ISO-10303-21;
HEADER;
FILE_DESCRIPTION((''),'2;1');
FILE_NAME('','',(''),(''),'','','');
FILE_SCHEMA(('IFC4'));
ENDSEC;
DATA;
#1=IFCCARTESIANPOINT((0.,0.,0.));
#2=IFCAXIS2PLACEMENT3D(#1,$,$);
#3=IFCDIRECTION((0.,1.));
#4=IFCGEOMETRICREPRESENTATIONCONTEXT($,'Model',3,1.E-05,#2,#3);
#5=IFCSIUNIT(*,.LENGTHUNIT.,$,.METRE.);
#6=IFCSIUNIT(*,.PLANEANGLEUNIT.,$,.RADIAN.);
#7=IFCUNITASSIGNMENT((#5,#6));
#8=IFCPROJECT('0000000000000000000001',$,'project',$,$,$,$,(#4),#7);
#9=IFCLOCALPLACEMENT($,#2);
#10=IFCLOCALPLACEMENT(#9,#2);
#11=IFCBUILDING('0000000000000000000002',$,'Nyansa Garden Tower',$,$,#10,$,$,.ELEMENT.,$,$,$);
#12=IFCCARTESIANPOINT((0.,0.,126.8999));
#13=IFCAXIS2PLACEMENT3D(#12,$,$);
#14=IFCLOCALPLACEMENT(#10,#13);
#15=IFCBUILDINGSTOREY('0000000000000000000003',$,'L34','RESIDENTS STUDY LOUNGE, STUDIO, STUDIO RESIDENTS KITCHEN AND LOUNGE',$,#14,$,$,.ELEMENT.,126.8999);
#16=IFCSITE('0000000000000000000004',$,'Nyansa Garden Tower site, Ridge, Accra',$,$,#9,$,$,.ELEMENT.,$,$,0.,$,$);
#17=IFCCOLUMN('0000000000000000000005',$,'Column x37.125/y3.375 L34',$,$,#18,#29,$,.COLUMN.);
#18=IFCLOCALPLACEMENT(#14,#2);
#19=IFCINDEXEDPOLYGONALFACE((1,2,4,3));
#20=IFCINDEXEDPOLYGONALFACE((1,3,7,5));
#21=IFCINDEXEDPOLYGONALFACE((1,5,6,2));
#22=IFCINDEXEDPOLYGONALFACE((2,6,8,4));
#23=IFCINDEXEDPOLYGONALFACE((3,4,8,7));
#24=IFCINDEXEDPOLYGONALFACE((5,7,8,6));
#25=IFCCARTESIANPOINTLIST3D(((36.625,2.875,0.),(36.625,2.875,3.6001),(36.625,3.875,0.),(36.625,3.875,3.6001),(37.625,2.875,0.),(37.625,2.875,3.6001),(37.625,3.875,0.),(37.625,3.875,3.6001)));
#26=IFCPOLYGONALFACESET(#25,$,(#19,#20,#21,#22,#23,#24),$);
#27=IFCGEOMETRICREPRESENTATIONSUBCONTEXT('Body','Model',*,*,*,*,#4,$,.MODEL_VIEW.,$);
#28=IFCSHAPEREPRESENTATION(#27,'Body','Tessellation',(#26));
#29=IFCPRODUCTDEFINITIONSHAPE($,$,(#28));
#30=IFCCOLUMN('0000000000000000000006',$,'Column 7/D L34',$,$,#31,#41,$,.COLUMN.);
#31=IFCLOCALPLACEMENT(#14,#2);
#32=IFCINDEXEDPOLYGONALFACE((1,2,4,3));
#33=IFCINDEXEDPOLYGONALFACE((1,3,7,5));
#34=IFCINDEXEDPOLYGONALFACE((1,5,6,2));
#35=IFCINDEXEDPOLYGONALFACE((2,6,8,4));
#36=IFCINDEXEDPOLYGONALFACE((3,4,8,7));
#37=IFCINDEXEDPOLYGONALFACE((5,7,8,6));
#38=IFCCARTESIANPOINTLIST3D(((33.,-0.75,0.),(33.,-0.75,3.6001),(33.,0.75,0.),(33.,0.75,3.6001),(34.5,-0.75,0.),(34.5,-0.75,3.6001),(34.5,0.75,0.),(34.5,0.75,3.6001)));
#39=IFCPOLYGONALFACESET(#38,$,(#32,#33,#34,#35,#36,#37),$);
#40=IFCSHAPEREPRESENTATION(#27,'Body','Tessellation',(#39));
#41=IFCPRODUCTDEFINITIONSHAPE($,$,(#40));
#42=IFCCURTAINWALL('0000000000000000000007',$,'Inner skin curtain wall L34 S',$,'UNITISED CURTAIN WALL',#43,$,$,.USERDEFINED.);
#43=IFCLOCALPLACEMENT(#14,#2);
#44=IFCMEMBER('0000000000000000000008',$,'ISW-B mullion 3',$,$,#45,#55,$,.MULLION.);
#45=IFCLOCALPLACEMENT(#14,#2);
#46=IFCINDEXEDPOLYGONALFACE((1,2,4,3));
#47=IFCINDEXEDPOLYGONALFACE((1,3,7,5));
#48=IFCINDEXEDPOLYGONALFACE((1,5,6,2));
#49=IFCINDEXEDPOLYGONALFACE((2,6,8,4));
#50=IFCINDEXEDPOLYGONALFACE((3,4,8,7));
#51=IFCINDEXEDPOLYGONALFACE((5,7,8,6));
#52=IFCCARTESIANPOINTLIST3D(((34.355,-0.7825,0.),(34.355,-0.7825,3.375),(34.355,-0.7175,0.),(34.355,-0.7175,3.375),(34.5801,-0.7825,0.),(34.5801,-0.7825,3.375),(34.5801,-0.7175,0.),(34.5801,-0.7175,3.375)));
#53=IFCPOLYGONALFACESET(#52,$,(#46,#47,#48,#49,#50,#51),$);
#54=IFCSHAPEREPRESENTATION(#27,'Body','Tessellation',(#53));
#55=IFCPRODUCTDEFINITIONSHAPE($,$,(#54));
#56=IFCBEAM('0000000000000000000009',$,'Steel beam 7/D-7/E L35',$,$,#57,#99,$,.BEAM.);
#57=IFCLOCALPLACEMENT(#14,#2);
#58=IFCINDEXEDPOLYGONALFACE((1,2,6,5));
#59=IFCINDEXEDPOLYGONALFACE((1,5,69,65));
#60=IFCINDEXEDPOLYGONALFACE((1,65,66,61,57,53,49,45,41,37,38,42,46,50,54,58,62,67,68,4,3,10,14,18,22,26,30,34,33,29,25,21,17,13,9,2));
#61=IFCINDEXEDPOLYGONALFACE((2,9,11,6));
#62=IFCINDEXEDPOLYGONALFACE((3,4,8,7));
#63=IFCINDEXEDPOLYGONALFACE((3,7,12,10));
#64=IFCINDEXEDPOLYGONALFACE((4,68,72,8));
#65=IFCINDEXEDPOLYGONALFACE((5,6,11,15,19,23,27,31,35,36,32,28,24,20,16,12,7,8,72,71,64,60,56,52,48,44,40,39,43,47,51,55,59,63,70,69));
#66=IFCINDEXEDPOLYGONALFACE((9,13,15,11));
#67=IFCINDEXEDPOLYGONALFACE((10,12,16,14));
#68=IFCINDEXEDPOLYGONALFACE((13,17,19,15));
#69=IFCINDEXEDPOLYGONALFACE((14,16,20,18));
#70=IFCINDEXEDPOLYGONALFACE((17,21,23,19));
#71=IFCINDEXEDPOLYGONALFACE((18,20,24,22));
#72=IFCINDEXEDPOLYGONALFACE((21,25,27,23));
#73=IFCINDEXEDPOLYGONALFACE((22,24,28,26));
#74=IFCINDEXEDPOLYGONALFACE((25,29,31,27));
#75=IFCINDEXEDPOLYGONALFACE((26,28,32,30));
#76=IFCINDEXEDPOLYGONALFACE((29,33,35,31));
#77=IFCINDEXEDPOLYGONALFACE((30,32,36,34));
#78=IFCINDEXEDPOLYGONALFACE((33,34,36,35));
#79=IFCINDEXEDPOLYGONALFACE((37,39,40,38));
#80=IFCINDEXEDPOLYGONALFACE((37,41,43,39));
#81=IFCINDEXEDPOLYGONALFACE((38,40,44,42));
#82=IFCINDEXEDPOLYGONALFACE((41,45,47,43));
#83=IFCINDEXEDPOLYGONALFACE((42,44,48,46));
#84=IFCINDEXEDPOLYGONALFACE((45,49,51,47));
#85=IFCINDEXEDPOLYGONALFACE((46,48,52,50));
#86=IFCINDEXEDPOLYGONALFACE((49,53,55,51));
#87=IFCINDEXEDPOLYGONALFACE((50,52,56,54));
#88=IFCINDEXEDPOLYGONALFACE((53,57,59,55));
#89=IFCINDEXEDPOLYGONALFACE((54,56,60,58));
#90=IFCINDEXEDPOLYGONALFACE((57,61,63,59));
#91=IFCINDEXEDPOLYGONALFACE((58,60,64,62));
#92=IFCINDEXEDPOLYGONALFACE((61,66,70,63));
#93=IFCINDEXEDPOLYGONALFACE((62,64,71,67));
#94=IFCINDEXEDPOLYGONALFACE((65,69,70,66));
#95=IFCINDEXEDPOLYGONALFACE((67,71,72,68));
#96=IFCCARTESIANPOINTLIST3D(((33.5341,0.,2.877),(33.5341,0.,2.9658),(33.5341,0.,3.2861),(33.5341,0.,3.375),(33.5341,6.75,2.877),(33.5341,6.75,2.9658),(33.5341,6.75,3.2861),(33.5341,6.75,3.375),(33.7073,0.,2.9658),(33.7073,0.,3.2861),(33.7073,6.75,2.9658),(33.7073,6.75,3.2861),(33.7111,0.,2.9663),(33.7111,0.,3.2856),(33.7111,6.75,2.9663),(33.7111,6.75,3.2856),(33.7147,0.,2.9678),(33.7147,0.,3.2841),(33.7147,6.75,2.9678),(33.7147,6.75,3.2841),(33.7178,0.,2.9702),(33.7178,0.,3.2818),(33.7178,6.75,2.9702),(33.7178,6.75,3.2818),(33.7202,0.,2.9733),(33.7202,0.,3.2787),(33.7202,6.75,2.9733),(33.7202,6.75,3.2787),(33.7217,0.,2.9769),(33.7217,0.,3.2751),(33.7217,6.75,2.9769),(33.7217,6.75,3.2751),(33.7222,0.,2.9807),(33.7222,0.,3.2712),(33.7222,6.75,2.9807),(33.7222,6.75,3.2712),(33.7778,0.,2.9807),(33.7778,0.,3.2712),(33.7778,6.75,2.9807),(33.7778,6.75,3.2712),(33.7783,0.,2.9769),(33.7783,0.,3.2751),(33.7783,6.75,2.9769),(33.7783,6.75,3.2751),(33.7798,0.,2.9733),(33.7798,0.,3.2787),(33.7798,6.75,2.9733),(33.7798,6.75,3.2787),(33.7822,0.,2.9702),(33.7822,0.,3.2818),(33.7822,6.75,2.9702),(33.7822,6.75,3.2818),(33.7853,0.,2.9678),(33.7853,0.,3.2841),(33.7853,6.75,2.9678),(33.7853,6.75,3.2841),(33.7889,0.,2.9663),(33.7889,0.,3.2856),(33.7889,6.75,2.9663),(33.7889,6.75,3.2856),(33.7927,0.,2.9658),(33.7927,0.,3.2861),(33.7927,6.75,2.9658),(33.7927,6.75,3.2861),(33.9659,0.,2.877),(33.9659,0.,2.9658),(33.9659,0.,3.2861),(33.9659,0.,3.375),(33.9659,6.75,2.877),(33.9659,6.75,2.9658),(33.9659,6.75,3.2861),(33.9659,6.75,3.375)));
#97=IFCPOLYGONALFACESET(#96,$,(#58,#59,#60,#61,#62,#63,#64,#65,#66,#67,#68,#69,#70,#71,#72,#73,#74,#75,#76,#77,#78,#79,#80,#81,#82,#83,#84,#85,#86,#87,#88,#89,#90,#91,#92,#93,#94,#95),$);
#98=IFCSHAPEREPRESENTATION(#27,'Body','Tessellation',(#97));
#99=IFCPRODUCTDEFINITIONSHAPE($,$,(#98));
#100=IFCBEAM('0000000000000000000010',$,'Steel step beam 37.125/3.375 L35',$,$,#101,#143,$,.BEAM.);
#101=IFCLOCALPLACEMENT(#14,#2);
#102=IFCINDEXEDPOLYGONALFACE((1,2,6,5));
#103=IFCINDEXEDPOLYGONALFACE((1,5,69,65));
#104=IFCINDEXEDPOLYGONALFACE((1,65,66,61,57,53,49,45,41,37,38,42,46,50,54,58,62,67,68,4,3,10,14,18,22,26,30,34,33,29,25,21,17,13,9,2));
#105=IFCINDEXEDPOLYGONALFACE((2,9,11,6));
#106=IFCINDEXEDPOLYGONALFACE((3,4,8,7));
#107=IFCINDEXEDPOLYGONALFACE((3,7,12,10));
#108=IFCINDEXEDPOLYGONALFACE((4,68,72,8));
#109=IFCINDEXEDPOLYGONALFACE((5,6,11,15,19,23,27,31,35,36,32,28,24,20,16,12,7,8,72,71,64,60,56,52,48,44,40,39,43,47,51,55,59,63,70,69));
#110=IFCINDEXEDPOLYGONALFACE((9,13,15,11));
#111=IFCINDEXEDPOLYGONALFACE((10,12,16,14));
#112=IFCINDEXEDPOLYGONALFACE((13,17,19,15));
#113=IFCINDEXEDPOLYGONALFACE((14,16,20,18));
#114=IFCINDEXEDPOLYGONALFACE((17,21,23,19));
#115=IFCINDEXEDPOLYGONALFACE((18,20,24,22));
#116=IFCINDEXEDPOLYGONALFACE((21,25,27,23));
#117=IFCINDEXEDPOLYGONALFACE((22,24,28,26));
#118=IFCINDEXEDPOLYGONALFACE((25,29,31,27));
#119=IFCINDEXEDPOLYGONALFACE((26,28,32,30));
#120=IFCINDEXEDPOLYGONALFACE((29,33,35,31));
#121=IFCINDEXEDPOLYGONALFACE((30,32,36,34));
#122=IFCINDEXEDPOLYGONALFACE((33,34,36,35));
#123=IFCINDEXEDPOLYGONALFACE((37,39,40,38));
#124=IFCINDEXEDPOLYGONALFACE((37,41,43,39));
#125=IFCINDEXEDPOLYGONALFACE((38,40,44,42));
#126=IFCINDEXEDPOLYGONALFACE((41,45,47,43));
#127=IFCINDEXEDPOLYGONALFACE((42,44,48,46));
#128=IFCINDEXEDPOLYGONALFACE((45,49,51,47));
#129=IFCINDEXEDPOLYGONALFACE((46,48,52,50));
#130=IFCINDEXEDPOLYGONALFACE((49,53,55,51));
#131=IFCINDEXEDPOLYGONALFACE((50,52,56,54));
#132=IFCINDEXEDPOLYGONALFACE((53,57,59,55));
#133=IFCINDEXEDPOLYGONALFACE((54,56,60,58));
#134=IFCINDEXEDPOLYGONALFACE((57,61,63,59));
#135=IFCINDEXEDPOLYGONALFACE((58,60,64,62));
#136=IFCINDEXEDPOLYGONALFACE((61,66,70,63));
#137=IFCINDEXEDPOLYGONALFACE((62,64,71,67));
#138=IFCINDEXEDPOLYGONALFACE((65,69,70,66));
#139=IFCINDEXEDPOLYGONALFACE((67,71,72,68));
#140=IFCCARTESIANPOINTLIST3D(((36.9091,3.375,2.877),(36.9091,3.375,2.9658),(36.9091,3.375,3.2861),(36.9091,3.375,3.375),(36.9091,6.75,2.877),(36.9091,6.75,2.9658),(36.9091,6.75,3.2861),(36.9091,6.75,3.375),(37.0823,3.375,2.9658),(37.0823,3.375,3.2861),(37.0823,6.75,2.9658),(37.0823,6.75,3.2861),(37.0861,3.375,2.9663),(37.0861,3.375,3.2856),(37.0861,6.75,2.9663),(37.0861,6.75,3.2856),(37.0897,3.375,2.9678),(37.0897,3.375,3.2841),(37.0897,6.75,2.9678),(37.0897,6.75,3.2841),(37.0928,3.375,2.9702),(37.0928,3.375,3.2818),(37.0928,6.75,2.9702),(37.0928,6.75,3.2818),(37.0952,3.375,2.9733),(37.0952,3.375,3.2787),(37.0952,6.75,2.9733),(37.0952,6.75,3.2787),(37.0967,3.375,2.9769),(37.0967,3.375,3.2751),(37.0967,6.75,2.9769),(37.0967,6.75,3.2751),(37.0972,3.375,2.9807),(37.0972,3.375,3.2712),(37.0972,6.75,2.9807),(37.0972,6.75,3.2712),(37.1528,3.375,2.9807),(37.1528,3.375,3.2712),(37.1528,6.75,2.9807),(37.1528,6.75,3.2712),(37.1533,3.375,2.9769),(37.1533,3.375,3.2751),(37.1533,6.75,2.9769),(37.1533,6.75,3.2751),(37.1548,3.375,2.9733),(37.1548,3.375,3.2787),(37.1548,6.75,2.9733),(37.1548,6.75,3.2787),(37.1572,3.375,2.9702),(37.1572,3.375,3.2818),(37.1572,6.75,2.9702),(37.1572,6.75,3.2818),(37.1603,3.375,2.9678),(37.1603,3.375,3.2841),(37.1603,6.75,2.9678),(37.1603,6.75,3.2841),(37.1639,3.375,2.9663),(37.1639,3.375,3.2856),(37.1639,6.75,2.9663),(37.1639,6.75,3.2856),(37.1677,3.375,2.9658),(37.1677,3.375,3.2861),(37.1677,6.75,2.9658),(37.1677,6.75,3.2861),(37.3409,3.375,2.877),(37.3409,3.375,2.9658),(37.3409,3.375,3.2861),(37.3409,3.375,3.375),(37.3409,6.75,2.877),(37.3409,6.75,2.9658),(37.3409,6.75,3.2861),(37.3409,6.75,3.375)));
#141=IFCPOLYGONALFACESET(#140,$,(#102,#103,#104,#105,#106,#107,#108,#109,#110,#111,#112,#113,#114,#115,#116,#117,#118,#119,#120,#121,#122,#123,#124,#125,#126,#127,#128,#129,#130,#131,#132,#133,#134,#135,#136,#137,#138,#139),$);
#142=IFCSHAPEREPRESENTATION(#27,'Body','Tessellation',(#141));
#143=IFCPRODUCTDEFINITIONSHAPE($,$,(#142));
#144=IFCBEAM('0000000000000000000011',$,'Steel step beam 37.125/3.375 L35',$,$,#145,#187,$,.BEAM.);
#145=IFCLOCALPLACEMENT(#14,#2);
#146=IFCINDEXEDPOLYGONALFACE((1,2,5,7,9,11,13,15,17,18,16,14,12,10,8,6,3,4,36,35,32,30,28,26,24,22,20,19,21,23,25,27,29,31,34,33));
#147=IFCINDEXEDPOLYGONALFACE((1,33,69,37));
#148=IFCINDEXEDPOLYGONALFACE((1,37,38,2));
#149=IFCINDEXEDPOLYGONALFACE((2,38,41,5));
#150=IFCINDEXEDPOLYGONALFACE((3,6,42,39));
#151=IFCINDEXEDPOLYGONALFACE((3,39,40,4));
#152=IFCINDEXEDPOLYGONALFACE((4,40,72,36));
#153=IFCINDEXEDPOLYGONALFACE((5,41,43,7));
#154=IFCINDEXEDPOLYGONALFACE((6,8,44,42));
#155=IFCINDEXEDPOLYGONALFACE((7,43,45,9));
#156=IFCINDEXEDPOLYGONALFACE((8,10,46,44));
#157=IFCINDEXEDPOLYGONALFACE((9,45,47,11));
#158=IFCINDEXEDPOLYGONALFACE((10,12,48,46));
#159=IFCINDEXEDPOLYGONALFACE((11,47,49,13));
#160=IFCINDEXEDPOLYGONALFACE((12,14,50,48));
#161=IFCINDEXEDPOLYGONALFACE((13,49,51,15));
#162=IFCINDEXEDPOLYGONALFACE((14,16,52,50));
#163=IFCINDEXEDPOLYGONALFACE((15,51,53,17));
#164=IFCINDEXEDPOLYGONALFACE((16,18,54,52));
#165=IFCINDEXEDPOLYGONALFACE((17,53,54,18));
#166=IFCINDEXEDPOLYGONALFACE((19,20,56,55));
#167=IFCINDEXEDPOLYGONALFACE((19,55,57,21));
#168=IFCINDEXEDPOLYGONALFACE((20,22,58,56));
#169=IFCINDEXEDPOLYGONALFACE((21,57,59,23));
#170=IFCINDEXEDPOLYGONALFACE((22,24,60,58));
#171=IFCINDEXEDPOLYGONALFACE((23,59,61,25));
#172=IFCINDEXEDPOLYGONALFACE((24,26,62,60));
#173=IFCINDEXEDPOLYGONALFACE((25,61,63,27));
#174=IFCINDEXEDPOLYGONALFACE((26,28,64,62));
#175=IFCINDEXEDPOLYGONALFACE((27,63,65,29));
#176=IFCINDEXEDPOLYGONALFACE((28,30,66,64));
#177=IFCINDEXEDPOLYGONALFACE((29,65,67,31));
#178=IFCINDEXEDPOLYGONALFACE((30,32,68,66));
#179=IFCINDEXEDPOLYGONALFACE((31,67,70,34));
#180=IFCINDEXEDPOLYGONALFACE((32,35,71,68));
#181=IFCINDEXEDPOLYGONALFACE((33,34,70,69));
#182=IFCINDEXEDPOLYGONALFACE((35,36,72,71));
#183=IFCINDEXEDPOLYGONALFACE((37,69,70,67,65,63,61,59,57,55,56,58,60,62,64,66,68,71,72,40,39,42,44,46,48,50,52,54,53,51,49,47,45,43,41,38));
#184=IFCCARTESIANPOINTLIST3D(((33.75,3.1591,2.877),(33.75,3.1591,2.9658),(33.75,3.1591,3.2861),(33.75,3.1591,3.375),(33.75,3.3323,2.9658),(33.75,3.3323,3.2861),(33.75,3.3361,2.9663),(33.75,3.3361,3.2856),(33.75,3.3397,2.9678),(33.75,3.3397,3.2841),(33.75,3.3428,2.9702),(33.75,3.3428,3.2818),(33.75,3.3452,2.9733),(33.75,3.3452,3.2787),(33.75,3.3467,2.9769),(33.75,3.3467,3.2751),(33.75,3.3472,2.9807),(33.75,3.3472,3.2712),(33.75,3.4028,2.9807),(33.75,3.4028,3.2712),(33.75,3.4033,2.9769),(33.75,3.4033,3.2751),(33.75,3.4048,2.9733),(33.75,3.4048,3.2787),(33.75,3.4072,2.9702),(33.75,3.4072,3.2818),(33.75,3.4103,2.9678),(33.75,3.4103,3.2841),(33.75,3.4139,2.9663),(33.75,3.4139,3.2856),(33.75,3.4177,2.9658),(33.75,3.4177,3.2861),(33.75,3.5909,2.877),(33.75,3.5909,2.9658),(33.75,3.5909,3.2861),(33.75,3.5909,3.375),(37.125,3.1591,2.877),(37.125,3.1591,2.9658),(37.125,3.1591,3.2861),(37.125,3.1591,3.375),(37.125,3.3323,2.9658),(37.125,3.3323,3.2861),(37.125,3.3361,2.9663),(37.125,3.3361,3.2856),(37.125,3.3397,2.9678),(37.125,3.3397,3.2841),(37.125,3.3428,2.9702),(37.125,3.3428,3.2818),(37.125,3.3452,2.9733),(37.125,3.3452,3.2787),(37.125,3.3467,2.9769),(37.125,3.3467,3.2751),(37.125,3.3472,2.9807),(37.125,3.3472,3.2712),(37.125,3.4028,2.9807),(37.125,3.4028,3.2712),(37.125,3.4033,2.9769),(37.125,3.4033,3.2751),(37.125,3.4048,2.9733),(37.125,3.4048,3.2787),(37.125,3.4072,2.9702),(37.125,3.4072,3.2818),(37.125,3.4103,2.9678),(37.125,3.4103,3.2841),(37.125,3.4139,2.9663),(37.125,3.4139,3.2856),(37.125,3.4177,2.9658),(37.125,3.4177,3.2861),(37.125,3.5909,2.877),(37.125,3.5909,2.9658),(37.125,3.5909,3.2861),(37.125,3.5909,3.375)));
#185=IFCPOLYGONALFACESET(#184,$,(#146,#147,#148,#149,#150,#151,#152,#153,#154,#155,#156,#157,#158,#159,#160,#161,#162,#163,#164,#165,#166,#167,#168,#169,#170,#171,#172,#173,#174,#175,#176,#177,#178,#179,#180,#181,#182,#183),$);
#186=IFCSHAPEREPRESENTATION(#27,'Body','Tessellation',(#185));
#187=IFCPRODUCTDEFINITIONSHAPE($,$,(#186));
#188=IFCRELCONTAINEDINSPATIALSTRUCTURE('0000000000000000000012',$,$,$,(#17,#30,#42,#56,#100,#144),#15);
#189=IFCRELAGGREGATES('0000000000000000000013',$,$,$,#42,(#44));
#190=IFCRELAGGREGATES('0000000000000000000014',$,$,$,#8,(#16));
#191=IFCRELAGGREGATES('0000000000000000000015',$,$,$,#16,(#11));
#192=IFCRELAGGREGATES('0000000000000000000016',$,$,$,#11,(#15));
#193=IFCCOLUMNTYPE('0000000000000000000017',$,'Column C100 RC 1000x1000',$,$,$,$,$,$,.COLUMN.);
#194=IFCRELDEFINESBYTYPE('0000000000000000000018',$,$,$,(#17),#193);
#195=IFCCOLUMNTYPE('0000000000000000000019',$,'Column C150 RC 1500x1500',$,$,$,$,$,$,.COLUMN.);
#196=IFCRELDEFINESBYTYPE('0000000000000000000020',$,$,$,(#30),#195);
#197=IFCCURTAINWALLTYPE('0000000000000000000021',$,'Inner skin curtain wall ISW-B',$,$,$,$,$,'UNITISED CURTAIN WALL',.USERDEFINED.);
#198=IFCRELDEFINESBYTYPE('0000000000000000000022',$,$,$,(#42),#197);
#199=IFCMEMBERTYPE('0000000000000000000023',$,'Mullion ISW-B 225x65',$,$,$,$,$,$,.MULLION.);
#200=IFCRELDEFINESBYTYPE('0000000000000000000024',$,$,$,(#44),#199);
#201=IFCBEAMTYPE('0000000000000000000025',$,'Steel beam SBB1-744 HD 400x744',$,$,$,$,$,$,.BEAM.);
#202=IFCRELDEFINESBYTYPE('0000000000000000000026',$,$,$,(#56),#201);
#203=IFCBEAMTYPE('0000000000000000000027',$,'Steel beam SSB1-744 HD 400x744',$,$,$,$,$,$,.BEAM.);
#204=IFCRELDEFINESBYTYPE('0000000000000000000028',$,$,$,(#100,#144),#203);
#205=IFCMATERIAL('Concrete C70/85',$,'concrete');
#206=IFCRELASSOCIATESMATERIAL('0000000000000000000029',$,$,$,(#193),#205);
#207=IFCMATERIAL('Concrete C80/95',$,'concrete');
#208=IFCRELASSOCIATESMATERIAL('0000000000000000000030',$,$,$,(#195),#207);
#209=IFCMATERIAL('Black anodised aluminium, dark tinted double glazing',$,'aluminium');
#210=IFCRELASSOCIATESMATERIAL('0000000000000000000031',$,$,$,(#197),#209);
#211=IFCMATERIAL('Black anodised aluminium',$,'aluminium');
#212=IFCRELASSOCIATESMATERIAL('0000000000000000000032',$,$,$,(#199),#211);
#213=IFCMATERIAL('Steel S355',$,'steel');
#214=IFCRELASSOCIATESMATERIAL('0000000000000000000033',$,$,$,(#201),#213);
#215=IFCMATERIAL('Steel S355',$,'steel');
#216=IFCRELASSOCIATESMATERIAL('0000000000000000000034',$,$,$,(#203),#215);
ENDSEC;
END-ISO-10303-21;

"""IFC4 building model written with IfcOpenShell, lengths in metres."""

from ifc_helpers import new_model, si_unit, direction, frame, origin, origin_2d, place, context, subcontext, project, spatial, rectangle, i_section, extrude, material, material_profile, profile_set, type_object, element, aggregate, save


model = new_model("IFC4")

# Units and contexts
model_context = context("Model", 3, precision=1e-05, world=origin(), true_north=direction((0.0, 1.0)))
body_context = subcontext(model_context, "Body", "Model", "MODEL_VIEW")
ifc_project = project(units=[si_unit("LENGTHUNIT", "METRE"), si_unit("PLANEANGLEUNIT", "RADIAN")], contexts=[model_context])

# Site, building, storey
site_placement = place(None, origin())
site = spatial("IfcSite", under=ifc_project, at=site_placement, Name="Nyansa Garden Tower site, Ridge, Accra", CompositionType="ELEMENT", RefElevation=0.0)
building_placement = place(site_placement, origin())
building = spatial("IfcBuilding", under=site, at=building_placement, Name="Nyansa Garden Tower", CompositionType="ELEMENT")
storey_placement = place(building_placement, frame((0.0, 0.0, 126.8999)))
storey = spatial("IfcBuildingStorey", under=building, at=storey_placement, Name="L34", Description="RESIDENTS STUDY LOUNGE, STUDIO, STUDIO RESIDENTS KITCHEN AND LOUNGE", CompositionType="ELEMENT", Elevation=126.8999)

# Columns
ifc_material_1 = material(Name="Concrete C70/85", Category="concrete")
ifc_material_profile_1 = material_profile(ifc_material_1, rectangle(XDim=1.0, YDim=1.0, at=origin_2d()), Name="RC 1000x1000")
ifc_profile_set_1 = profile_set([ifc_material_profile_1], Name="Concrete C70/85")
column_type_1 = type_object("IfcColumnType", Name="Column C100 RC 1000x1000", PredefinedType="COLUMN", material=ifc_profile_set_1)
column_1_placement = place(storey_placement, frame((37.125, 3.375, 0.0), z_axis=(0.0, 0.0, 1.0), x_axis=(1.0, 0.0, 0.0)))
element("IfcColumn", 1, at=column_1_placement, inside=storey, type_object=column_type_1, Name="Column x37.125/y3.375 L34", PredefinedType="COLUMN", context=body_context, shape_type="SweptSolid", body=[
    extrude(rectangle(XDim=1.0, YDim=1.0, at=origin_2d()), origin(), (0.0, 0.0, 1.0), 3.6001),
])
ifc_material_2 = material(Name="Concrete C80/95", Category="concrete")
ifc_material_profile_2 = material_profile(ifc_material_2, rectangle(XDim=1.5, YDim=1.5, at=origin_2d()), Name="RC 1500x1500")
ifc_profile_set_2 = profile_set([ifc_material_profile_2], Name="Concrete C80/95")
column_type_2 = type_object("IfcColumnType", Name="Column C150 RC 1500x1500", PredefinedType="COLUMN", material=ifc_profile_set_2)
column_2_placement = place(storey_placement, frame((33.75, 0.0, 0.0), z_axis=(0.0, 0.0, 1.0), x_axis=(1.0, 0.0, 0.0)))
element("IfcColumn", 2, at=column_2_placement, inside=storey, type_object=column_type_2, Name="Column 7/D L34", PredefinedType="COLUMN", context=body_context, shape_type="SweptSolid", body=[
    extrude(rectangle(XDim=1.5, YDim=1.5, at=origin_2d()), origin(), (0.0, 0.0, 1.0), 3.6001),
])

# Curtain wall, member
ifc_material_3 = material(Name="Black anodised aluminium, dark tinted double glazing", Category="aluminium")
curtain_wall_type = type_object("IfcCurtainWallType", Name="Inner skin curtain wall ISW-B", ElementType="UNITISED CURTAIN WALL", PredefinedType="USERDEFINED", material=ifc_material_3)
curtain_wall_placement = place(storey_placement, origin())
curtain_wall = element("IfcCurtainWall", 3, at=curtain_wall_placement, inside=storey, type_object=curtain_wall_type, Name="Inner skin curtain wall L34 S", ObjectType="UNITISED CURTAIN WALL", PredefinedType="USERDEFINED")
ifc_material_4 = material(Name="Black anodised aluminium", Category="aluminium")
ifc_material_profile_3 = material_profile(ifc_material_4, rectangle(XDim=0.0649, YDim=0.2251, at=origin_2d()), Name="Mullion 225x65")
ifc_profile_set_3 = profile_set([ifc_material_profile_3], Name="Black anodised aluminium")
member_type = type_object("IfcMemberType", Name="Mullion ISW-B 225x65", PredefinedType="MULLION", material=ifc_profile_set_3)
member_placement = place(storey_placement, frame((34.4675, -0.75, 0.0), z_axis=(0.0, 0.0, 1.0), x_axis=(0.0, 1.0, 0.0)))
member = element("IfcMember", 4, at=member_placement, type_object=member_type, Name="ISW-B mullion 3", PredefinedType="MULLION", context=body_context, shape_type="SweptSolid", body=[
    extrude(rectangle(XDim=0.0649, YDim=0.2251, at=origin_2d()), origin(), (0.0, 0.0, 1.0), 3.375),
])

# Beams
ifc_material_5 = material(Name="Steel S355", Category="steel")
ifc_material_profile_4 = material_profile(ifc_material_5, i_section(OverallWidth=0.4319, OverallDepth=0.498, WebThickness=0.0557, FlangeThickness=0.0889, FilletRadius=0.0149, at=origin_2d()), Name="HD 400x744")
ifc_profile_set_4 = profile_set([ifc_material_profile_4], Name="Steel S355")
beam_type_1 = type_object("IfcBeamType", Name="Steel beam SBB1-744 HD 400x744", PredefinedType="BEAM", material=ifc_profile_set_4)
beam_placement = place(storey_placement, frame((33.75, 0.0, 3.126), z_axis=(0.0, 1.0, 0.0), x_axis=(-1.0, 0.0, 0.0)))
element("IfcBeam", 5, at=beam_placement, inside=storey, type_object=beam_type_1, Name="Steel beam 7/D-7/E L35", PredefinedType="BEAM", context=body_context, shape_type="SweptSolid", body=[
    extrude(i_section(OverallWidth=0.4319, OverallDepth=0.498, WebThickness=0.0557, FlangeThickness=0.0889, FilletRadius=0.0149, at=origin_2d()), origin(), (0.0, 0.0, 1.0), 6.75),
])
ifc_material_6 = material(Name="Steel S355", Category="steel")
ifc_material_profile_5 = material_profile(ifc_material_6, i_section(OverallWidth=0.4319, OverallDepth=0.498, WebThickness=0.0557, FlangeThickness=0.0889, FilletRadius=0.0149, at=origin_2d()), Name="HD 400x744")
ifc_profile_set_5 = profile_set([ifc_material_profile_5], Name="Steel S355")
beam_type_2 = type_object("IfcBeamType", Name="Steel beam SSB1-744 HD 400x744", PredefinedType="BEAM", material=ifc_profile_set_5)
for number, where, z_axis, x_axis, name in (
    (6, (37.125, 3.375, 3.126), (0.0, 1.0, 0.0), (-1.0, 0.0, 0.0), "Steel step beam 37.125/3.375 L35"),
    (7, (37.125, 3.375, 3.126), (-1.0, 0.0, 0.0), (0.0, -1.0, 0.0), "Steel step beam 37.125/3.375 L35"),
):
    element("IfcBeam", number, at=place(storey_placement, frame(where, z_axis=z_axis, x_axis=x_axis)), inside=storey, type_object=beam_type_2, Name=name, PredefinedType="BEAM", context=body_context, shape_type="SweptSolid", body=[
        extrude(i_section(OverallWidth=0.4319, OverallDepth=0.498, WebThickness=0.0557, FlangeThickness=0.0889, FilletRadius=0.0149, at=origin_2d()), origin(), (0.0, 0.0, 1.0), 3.375),
    ])

aggregate(curtain_wall, [member])

save(model, "model.ifc")
